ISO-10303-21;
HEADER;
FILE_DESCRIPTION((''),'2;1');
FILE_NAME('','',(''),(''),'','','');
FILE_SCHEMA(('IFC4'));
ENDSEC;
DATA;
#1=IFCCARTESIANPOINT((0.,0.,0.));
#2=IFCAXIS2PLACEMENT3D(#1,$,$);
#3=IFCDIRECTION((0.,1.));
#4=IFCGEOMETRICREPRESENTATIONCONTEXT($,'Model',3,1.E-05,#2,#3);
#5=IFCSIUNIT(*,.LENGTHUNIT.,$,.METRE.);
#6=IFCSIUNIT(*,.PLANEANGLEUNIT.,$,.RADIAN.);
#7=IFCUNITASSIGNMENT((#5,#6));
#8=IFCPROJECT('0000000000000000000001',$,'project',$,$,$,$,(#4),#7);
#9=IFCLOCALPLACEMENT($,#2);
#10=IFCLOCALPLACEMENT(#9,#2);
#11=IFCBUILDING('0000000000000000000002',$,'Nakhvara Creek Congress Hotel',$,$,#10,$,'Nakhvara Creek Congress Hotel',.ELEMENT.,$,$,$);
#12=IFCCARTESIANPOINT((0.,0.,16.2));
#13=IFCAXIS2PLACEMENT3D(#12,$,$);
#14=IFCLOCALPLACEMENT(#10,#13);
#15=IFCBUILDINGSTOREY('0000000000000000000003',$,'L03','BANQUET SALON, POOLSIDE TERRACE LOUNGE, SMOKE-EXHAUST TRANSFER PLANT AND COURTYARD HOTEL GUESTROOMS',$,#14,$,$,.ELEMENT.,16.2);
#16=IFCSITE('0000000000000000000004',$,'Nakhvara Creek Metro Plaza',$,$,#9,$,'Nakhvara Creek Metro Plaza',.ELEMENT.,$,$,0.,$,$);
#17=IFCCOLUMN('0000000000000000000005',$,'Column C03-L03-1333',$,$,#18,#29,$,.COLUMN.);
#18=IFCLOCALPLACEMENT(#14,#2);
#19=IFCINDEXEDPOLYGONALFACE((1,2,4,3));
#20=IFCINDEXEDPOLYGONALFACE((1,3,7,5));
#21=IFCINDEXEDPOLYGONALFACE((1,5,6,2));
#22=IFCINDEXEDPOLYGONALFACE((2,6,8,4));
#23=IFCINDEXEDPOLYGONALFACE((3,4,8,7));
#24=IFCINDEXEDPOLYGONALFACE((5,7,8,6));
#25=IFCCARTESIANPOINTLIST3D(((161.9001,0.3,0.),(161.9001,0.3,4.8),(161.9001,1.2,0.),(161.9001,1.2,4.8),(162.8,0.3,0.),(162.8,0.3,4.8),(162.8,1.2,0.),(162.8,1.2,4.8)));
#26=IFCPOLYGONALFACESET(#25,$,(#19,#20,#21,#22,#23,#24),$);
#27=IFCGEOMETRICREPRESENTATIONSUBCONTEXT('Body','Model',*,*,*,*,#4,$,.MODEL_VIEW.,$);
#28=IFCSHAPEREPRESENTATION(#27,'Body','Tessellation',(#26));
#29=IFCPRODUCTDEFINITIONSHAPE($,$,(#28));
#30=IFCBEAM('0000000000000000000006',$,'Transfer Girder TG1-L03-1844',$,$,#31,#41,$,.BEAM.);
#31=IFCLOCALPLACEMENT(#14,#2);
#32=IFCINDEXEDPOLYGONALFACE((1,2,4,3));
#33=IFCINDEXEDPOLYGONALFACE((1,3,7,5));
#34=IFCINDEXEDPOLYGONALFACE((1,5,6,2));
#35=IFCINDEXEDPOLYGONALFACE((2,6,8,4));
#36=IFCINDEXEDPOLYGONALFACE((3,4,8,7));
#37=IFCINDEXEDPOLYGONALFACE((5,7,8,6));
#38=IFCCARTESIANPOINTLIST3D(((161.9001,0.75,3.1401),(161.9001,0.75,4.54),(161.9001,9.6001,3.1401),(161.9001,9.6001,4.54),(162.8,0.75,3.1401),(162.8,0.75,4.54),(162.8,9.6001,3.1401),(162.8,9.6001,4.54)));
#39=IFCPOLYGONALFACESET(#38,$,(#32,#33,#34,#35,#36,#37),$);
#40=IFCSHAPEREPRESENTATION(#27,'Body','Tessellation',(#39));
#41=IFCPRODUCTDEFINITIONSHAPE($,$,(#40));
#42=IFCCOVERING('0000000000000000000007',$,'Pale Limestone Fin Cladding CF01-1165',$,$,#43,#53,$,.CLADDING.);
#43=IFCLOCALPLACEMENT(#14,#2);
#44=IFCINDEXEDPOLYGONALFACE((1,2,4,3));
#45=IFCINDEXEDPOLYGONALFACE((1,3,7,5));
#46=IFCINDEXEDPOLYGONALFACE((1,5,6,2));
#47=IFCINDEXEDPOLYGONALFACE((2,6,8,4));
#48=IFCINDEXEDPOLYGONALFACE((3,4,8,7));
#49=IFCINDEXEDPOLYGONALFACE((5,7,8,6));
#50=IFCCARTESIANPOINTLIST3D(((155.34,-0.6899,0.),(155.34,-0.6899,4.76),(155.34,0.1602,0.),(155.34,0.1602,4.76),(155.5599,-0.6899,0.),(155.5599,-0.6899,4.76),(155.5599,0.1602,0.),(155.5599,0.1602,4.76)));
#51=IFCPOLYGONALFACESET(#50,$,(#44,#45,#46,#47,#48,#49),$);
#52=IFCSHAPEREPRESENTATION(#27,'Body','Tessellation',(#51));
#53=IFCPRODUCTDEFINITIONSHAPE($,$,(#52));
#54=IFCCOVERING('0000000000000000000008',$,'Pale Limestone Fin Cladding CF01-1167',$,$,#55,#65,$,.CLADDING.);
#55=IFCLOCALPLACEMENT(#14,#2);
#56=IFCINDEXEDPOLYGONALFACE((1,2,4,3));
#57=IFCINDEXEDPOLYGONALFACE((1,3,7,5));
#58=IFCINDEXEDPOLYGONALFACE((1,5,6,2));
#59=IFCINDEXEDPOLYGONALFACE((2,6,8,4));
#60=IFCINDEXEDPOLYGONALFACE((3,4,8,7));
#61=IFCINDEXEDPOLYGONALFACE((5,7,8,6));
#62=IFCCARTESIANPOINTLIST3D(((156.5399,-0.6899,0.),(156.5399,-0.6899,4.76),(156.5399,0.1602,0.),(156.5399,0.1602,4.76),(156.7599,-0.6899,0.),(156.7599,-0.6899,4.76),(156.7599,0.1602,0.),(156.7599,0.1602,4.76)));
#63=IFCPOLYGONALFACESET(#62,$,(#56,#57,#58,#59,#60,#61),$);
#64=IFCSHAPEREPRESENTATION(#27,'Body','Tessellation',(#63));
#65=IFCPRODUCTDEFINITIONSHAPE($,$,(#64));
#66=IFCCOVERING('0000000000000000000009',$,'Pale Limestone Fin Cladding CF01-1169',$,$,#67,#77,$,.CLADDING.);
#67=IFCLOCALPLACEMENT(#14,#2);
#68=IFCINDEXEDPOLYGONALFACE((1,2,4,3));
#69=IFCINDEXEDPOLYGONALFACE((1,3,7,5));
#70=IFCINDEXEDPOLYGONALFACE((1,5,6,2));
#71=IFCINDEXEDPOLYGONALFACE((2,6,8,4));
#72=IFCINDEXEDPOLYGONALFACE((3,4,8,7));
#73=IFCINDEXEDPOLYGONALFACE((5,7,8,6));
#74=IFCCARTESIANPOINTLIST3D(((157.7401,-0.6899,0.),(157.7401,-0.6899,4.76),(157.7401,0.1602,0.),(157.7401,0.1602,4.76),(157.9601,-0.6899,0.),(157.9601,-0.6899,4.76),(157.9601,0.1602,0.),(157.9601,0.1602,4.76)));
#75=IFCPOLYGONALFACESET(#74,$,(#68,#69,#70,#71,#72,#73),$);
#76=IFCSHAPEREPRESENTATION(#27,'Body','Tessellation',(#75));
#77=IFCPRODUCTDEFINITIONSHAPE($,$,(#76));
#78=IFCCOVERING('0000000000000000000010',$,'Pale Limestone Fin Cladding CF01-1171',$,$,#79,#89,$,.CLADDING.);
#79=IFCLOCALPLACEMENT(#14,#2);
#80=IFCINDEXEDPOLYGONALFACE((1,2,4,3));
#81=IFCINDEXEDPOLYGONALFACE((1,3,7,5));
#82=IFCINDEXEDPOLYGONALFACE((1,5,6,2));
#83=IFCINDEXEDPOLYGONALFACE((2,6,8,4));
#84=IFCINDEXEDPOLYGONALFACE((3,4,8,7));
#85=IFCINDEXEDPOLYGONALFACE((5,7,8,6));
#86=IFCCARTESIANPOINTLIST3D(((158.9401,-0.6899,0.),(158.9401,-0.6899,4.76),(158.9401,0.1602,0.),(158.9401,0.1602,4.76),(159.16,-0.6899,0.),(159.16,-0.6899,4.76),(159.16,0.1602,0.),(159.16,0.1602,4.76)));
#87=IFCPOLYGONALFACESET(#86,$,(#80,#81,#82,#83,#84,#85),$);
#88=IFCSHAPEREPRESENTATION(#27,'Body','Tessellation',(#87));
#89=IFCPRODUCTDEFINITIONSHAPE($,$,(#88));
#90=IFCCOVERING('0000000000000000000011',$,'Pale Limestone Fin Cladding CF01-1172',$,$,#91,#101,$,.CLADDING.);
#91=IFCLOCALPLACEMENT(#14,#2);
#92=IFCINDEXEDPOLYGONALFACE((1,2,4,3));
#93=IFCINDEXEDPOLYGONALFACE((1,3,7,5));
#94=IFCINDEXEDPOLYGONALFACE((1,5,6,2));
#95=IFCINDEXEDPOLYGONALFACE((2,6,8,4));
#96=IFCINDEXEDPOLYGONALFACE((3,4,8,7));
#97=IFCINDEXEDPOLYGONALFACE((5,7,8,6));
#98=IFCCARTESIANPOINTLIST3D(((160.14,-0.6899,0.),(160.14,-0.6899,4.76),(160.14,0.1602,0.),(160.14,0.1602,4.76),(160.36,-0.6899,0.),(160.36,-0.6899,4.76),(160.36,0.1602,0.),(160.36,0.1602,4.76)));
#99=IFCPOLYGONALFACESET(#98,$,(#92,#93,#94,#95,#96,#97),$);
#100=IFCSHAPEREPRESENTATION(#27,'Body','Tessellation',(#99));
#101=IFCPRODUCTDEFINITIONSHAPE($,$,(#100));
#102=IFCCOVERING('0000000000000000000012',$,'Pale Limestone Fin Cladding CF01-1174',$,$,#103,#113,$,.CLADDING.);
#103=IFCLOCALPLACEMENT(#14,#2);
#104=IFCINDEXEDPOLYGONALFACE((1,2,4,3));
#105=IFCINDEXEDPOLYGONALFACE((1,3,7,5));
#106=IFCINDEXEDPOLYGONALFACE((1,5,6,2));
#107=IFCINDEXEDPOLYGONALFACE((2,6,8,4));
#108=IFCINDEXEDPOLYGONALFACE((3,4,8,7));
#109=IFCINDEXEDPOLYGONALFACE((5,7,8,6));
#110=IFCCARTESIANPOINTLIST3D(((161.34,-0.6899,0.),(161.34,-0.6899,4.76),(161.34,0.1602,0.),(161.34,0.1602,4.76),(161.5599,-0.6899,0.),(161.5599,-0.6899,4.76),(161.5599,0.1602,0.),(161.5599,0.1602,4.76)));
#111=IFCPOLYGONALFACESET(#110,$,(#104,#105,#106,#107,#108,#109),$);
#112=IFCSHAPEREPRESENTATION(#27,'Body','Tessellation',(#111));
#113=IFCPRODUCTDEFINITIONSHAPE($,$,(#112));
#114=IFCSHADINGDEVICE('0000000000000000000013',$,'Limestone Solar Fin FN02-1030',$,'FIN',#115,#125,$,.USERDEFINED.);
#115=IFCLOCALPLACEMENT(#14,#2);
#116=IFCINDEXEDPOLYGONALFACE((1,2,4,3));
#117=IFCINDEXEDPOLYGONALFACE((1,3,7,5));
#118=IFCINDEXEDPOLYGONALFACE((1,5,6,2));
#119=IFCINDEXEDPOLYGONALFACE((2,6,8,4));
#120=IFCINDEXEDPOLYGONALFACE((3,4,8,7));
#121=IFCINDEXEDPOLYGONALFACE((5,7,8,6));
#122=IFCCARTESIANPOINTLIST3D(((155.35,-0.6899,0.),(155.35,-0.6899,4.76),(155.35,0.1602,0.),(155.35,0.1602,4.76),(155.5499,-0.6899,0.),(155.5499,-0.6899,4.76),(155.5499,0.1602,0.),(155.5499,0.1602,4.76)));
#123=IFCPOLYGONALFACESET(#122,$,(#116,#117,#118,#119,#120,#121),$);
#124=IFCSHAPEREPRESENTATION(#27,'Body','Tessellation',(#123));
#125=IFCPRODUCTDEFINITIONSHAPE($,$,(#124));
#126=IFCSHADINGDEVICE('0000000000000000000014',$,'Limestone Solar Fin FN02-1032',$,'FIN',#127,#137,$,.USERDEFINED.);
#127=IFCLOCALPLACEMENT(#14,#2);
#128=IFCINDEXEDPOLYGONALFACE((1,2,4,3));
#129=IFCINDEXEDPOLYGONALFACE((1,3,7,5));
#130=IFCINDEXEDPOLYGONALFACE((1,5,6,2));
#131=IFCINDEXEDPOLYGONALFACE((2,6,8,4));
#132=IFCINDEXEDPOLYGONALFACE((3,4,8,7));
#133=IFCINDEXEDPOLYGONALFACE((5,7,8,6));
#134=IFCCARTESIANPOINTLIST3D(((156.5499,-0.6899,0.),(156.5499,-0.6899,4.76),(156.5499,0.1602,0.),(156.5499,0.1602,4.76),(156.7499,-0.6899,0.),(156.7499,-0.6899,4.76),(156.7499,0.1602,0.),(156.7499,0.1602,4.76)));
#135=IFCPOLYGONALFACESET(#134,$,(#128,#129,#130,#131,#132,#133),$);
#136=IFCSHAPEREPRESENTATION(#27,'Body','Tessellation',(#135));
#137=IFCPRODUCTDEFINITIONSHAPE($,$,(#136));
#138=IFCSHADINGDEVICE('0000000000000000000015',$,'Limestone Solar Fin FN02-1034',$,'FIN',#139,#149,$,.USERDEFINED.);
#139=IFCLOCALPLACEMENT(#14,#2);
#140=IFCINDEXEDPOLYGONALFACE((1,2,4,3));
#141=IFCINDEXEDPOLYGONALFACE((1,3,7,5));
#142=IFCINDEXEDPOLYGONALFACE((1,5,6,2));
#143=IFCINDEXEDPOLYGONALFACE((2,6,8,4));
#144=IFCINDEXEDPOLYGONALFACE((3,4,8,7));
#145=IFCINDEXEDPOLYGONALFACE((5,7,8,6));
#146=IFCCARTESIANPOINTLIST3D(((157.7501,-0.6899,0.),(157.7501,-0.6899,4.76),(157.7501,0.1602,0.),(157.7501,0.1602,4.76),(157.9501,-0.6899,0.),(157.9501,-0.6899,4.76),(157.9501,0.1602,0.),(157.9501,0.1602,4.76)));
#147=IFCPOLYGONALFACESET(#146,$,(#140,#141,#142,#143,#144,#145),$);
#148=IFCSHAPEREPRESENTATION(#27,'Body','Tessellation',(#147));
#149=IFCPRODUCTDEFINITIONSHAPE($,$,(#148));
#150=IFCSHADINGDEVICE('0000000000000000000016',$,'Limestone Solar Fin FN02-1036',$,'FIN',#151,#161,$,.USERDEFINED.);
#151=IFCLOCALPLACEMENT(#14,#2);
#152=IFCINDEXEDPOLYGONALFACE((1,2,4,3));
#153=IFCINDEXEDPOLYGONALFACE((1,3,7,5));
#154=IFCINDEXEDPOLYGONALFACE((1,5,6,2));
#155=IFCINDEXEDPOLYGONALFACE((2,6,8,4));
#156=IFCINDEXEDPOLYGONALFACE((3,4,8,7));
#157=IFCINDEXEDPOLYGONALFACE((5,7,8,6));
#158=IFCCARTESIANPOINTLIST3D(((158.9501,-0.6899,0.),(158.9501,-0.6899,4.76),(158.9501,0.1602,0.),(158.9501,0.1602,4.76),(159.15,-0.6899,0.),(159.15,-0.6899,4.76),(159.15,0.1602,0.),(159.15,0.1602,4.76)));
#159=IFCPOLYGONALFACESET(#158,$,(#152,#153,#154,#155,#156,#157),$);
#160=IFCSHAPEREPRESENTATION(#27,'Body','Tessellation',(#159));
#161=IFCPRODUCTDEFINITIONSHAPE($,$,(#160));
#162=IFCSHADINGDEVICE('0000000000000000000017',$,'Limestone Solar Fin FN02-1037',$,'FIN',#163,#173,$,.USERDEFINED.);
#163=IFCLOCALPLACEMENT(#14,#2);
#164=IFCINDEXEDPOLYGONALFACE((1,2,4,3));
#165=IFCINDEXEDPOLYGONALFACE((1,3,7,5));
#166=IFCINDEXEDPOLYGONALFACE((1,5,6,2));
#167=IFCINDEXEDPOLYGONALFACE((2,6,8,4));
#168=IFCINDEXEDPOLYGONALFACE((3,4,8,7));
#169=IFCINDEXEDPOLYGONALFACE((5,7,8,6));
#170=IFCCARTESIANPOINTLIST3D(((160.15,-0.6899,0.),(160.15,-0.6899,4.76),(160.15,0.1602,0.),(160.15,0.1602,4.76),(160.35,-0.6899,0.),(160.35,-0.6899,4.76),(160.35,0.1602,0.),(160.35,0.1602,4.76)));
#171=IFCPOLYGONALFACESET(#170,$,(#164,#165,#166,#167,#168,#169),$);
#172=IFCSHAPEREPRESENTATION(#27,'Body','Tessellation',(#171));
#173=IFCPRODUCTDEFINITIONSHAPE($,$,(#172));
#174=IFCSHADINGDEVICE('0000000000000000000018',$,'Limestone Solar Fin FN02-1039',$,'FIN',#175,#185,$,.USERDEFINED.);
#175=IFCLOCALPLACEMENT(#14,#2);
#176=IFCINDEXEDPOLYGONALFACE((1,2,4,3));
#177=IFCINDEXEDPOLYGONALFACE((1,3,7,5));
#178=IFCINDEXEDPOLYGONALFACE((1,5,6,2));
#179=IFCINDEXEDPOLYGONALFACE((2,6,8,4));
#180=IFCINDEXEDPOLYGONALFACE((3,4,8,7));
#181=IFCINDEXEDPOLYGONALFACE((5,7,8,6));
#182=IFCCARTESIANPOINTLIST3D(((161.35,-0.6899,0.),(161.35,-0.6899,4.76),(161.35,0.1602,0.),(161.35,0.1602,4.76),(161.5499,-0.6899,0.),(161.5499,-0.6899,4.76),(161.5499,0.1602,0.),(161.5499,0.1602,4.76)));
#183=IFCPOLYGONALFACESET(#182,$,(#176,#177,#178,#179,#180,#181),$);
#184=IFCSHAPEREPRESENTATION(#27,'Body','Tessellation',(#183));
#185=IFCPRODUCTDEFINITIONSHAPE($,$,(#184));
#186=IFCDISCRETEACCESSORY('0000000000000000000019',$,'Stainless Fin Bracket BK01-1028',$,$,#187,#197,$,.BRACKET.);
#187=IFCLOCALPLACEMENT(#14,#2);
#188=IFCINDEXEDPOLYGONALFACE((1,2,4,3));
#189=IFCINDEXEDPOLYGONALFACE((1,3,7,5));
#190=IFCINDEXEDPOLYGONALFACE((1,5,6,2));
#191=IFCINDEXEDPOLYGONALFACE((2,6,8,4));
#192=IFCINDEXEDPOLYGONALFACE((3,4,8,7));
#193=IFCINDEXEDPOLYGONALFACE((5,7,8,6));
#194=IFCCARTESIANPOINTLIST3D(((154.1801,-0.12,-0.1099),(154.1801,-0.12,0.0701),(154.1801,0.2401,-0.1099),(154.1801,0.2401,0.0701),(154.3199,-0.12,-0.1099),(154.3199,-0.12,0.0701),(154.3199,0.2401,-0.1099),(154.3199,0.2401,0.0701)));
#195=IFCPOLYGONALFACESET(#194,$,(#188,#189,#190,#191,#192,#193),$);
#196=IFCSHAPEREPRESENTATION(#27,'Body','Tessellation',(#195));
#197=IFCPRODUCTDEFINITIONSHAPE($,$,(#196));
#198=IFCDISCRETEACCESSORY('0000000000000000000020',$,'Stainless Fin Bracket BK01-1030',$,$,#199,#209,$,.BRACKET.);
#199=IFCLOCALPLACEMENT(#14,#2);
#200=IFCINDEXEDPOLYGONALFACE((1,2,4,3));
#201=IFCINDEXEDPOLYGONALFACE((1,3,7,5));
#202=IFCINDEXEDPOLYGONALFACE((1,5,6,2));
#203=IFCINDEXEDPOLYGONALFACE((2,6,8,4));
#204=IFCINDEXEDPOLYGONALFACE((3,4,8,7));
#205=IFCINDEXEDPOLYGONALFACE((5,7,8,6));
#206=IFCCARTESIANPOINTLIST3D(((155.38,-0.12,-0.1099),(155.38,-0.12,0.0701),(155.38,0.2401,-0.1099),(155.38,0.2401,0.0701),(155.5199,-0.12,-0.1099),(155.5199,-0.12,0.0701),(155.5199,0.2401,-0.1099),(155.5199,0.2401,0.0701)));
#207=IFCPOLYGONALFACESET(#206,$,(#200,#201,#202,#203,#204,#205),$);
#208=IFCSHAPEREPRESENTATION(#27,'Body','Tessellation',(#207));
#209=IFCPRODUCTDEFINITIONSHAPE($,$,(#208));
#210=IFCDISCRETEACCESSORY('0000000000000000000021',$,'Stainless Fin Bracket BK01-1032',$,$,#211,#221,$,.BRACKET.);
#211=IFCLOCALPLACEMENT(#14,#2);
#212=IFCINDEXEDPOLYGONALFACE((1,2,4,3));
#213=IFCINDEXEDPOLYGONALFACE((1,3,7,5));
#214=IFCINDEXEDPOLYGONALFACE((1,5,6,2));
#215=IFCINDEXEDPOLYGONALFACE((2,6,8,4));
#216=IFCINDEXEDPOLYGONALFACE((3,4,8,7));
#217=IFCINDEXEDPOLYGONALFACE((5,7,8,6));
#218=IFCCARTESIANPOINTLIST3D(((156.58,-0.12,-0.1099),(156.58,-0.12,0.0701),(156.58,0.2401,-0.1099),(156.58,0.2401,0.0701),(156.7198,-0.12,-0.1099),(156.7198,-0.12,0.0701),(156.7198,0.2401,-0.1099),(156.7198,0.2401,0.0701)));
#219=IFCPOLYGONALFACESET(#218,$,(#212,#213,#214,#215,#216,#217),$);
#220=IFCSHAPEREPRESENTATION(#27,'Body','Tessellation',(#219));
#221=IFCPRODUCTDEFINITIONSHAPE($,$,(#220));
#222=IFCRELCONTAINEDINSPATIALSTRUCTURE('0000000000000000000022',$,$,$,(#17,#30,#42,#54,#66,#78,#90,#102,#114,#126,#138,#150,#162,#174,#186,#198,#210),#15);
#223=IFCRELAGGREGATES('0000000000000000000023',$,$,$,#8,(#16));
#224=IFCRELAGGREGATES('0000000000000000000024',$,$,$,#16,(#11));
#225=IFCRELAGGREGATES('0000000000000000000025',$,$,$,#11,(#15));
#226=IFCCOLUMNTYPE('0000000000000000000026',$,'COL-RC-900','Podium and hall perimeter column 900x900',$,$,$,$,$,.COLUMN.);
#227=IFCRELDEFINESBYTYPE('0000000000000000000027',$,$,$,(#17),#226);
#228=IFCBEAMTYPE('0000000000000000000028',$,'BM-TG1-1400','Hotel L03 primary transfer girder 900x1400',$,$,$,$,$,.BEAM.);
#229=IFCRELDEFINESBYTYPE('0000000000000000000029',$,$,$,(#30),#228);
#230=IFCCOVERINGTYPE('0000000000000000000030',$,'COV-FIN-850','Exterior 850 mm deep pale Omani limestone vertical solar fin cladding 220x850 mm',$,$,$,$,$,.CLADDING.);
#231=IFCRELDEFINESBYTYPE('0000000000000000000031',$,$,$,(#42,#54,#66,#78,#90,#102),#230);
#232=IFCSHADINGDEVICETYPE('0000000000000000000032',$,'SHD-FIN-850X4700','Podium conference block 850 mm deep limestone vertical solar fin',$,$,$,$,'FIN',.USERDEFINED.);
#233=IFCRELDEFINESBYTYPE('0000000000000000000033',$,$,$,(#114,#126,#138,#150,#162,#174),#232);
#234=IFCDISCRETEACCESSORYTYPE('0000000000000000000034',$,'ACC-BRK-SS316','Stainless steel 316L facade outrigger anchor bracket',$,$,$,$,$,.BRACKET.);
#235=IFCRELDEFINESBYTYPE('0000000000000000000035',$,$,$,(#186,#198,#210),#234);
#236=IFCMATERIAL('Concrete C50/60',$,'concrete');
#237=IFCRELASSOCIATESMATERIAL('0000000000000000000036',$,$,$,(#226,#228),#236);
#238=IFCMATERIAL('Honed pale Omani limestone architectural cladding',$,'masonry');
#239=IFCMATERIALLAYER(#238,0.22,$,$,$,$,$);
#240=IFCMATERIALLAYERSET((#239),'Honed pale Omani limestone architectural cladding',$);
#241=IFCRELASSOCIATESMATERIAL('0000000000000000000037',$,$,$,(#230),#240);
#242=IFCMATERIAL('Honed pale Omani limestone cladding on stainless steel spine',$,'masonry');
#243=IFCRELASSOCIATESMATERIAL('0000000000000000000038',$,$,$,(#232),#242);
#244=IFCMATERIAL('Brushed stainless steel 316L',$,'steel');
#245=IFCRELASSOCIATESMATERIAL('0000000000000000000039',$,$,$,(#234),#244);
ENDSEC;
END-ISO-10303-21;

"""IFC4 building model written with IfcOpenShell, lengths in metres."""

from ifc_helpers import new_model, si_unit, direction, frame, origin, origin_2d, place, context, subcontext, project, spatial, rectangle, extrude, material, layer, layer_set, material_profile, profile_set, type_object, element, save


model = new_model("IFC4")

# Units and contexts
model_context = context("Model", 3, precision=1e-05, world=origin(), true_north=direction((0.0, 1.0)))
body_context = subcontext(model_context, "Body", "Model", "MODEL_VIEW")
ifc_project = project(units=[si_unit("LENGTHUNIT", "METRE"), si_unit("PLANEANGLEUNIT", "RADIAN")], contexts=[model_context])

# Site, building, storey
site_placement = place(None, origin())
site = spatial("IfcSite", under=ifc_project, at=site_placement, Name="Nakhvara Creek Metro Plaza", LongName="Nakhvara Creek Metro Plaza", CompositionType="ELEMENT", RefElevation=0.0)
building_placement = place(site_placement, origin())
building = spatial("IfcBuilding", under=site, at=building_placement, Name="Nakhvara Creek Congress Hotel", LongName="Nakhvara Creek Congress Hotel", CompositionType="ELEMENT")
storey_placement = place(building_placement, frame((0.0, 0.0, 16.2)))
storey = spatial("IfcBuildingStorey", under=building, at=storey_placement, Name="L03", Description="BANQUET SALON, POOLSIDE TERRACE LOUNGE, SMOKE-EXHAUST TRANSFER PLANT AND COURTYARD HOTEL GUESTROOMS", CompositionType="ELEMENT", Elevation=16.2)

# Column
ifc_material_1 = material(Name="Concrete C50/60", Category="concrete")
ifc_material_profile_1 = material_profile(ifc_material_1, rectangle(XDim=0.8999, YDim=0.8999, at=origin_2d()), Name="RC-COL 900x900", Category="LoadBearing")
ifc_profile_set_1 = profile_set([ifc_material_profile_1], Name="Concrete C50/60")
column_type = type_object("IfcColumnType", Name="COL-RC-900", Description="Podium and hall perimeter column 900x900", PredefinedType="COLUMN", material=ifc_profile_set_1)
column_placement = place(storey_placement, frame((162.3501, 0.75, 0.0), z_axis=(0.0, 0.0, 1.0), x_axis=(1.0, 0.0, 0.0)))
element("IfcColumn", 1, at=column_placement, inside=storey, type_object=column_type, Name="Column C03-L03-1333", PredefinedType="COLUMN", context=body_context, shape_type="SweptSolid", body=[
    extrude(rectangle(XDim=0.8999, YDim=0.8999, at=origin_2d()), origin(), (0.0, 0.0, 1.0), 4.8),
])

# Beam
ifc_material_profile_2 = material_profile(ifc_material_1, rectangle(XDim=0.8999, YDim=1.3999, at=origin_2d()), Name="RC-TG 900x1400", Category="LoadBearing")
ifc_profile_set_2 = profile_set([ifc_material_profile_2], Name="Concrete C50/60")
beam_type = type_object("IfcBeamType", Name="BM-TG1-1400", Description="Hotel L03 primary transfer girder 900x1400", PredefinedType="BEAM", material=ifc_profile_set_2)
beam_placement = place(storey_placement, frame((162.3501, 0.75, 3.8401), z_axis=(0.0, 1.0, 0.0), x_axis=(-1.0, 0.0, 0.0)))
element("IfcBeam", 2, at=beam_placement, inside=storey, type_object=beam_type, Name="Transfer Girder TG1-L03-1844", PredefinedType="BEAM", context=body_context, shape_type="SweptSolid", body=[
    extrude(rectangle(XDim=0.8999, YDim=1.3999, at=origin_2d()), origin(), (0.0, 0.0, 1.0), 8.8501),
])

# Coverings
ifc_material_2 = material(Name="Honed pale Omani limestone architectural cladding", Category="masonry")
ifc_layer = layer(ifc_material_2, 0.22)
ifc_layer_set = layer_set([ifc_layer], Name="Honed pale Omani limestone architectural cladding")
covering_type = type_object("IfcCoveringType", Name="COV-FIN-850", Description="Exterior 850 mm deep pale Omani limestone vertical solar fin cladding 220x850 mm", PredefinedType="CLADDING", material=ifc_layer_set)
for number, where, z_axis, x_axis, name in (
    (3, (155.45, -0.2649, 0.0), (0.0, 0.0, 1.0), (1.0, 0.0, 0.0), "Pale Limestone Fin Cladding CF01-1165"),
    (4, (156.6499, -0.2649, 0.0), (0.0, 0.0, 1.0), (1.0, 0.0, 0.0), "Pale Limestone Fin Cladding CF01-1167"),
    (5, (157.8501, -0.2649, 0.0), (0.0, 0.0, 1.0), (1.0, 0.0, 0.0), "Pale Limestone Fin Cladding CF01-1169"),
    (6, (159.05, -0.2649, 0.0), (0.0, 0.0, 1.0), (1.0, 0.0, 0.0), "Pale Limestone Fin Cladding CF01-1171"),
    (7, (160.25, -0.2649, 0.0), (0.0, 0.0, 1.0), (1.0, 0.0, 0.0), "Pale Limestone Fin Cladding CF01-1172"),
    (8, (161.45, -0.2649, 0.0), (0.0, 0.0, 1.0), (1.0, 0.0, 0.0), "Pale Limestone Fin Cladding CF01-1174"),
):
    element("IfcCovering", number, at=place(storey_placement, frame(where, z_axis=z_axis, x_axis=x_axis)), inside=storey, type_object=covering_type, Name=name, PredefinedType="CLADDING", context=body_context, shape_type="SweptSolid", body=[
        extrude(rectangle(XDim=0.22, YDim=0.8501, at=origin_2d()), origin(), (0.0, 0.0, 1.0), 4.76),
    ])

# Shading devices
ifc_material_3 = material(Name="Honed pale Omani limestone cladding on stainless steel spine", Category="masonry")
shading_device_type = type_object("IfcShadingDeviceType", Name="SHD-FIN-850X4700", Description="Podium conference block 850 mm deep limestone vertical solar fin", ElementType="FIN", PredefinedType="USERDEFINED", material=ifc_material_3)
for number, where, z_axis, x_axis, name in (
    (9, (155.45, -0.2649, 0.0), (0.0, 0.0, 1.0), (1.0, 0.0, 0.0), "Limestone Solar Fin FN02-1030"),
    (10, (156.6499, -0.2649, 0.0), (0.0, 0.0, 1.0), (1.0, 0.0, 0.0), "Limestone Solar Fin FN02-1032"),
    (11, (157.8501, -0.2649, 0.0), (0.0, 0.0, 1.0), (1.0, 0.0, 0.0), "Limestone Solar Fin FN02-1034"),
    (12, (159.05, -0.2649, 0.0), (0.0, 0.0, 1.0), (1.0, 0.0, 0.0), "Limestone Solar Fin FN02-1036"),
    (13, (160.25, -0.2649, 0.0), (0.0, 0.0, 1.0), (1.0, 0.0, 0.0), "Limestone Solar Fin FN02-1037"),
    (14, (161.45, -0.2649, 0.0), (0.0, 0.0, 1.0), (1.0, 0.0, 0.0), "Limestone Solar Fin FN02-1039"),
):
    element("IfcShadingDevice", number, at=place(storey_placement, frame(where, z_axis=z_axis, x_axis=x_axis)), inside=storey, type_object=shading_device_type, Name=name, ObjectType="FIN", PredefinedType="USERDEFINED", context=body_context, shape_type="SweptSolid", body=[
        extrude(rectangle(XDim=0.2, YDim=0.8501, at=origin_2d()), origin(), (0.0, 0.0, 1.0), 4.76),
    ])

# Discrete accessories
ifc_material_4 = material(Name="Brushed stainless steel 316L", Category="steel")
discrete_accessory_type = type_object("IfcDiscreteAccessoryType", Name="ACC-BRK-SS316", Description="Stainless steel 316L facade outrigger anchor bracket", PredefinedType="BRACKET", material=ifc_material_4)
for number, where, z_axis, x_axis, name in (
    (15, (154.25, 0.0601, -0.1099), (0.0, 0.0, 1.0), (1.0, 0.0, 0.0), "Stainless Fin Bracket BK01-1028"),
    (16, (155.45, 0.0601, -0.1099), (0.0, 0.0, 1.0), (1.0, 0.0, 0.0), "Stainless Fin Bracket BK01-1030"),
    (17, (156.6499, 0.0601, -0.1099), (0.0, 0.0, 1.0), (1.0, 0.0, 0.0), "Stainless Fin Bracket BK01-1032"),
):
    element("IfcDiscreteAccessory", number, at=place(storey_placement, frame(where, z_axis=z_axis, x_axis=x_axis)), inside=storey, type_object=discrete_accessory_type, Name=name, PredefinedType="BRACKET", context=body_context, shape_type="SweptSolid", body=[
        extrude(rectangle(XDim=0.1399, YDim=0.3601, at=origin_2d()), origin(), (0.0, 0.0, 1.0), 0.1799),
    ])

save(model, "model.ifc")
